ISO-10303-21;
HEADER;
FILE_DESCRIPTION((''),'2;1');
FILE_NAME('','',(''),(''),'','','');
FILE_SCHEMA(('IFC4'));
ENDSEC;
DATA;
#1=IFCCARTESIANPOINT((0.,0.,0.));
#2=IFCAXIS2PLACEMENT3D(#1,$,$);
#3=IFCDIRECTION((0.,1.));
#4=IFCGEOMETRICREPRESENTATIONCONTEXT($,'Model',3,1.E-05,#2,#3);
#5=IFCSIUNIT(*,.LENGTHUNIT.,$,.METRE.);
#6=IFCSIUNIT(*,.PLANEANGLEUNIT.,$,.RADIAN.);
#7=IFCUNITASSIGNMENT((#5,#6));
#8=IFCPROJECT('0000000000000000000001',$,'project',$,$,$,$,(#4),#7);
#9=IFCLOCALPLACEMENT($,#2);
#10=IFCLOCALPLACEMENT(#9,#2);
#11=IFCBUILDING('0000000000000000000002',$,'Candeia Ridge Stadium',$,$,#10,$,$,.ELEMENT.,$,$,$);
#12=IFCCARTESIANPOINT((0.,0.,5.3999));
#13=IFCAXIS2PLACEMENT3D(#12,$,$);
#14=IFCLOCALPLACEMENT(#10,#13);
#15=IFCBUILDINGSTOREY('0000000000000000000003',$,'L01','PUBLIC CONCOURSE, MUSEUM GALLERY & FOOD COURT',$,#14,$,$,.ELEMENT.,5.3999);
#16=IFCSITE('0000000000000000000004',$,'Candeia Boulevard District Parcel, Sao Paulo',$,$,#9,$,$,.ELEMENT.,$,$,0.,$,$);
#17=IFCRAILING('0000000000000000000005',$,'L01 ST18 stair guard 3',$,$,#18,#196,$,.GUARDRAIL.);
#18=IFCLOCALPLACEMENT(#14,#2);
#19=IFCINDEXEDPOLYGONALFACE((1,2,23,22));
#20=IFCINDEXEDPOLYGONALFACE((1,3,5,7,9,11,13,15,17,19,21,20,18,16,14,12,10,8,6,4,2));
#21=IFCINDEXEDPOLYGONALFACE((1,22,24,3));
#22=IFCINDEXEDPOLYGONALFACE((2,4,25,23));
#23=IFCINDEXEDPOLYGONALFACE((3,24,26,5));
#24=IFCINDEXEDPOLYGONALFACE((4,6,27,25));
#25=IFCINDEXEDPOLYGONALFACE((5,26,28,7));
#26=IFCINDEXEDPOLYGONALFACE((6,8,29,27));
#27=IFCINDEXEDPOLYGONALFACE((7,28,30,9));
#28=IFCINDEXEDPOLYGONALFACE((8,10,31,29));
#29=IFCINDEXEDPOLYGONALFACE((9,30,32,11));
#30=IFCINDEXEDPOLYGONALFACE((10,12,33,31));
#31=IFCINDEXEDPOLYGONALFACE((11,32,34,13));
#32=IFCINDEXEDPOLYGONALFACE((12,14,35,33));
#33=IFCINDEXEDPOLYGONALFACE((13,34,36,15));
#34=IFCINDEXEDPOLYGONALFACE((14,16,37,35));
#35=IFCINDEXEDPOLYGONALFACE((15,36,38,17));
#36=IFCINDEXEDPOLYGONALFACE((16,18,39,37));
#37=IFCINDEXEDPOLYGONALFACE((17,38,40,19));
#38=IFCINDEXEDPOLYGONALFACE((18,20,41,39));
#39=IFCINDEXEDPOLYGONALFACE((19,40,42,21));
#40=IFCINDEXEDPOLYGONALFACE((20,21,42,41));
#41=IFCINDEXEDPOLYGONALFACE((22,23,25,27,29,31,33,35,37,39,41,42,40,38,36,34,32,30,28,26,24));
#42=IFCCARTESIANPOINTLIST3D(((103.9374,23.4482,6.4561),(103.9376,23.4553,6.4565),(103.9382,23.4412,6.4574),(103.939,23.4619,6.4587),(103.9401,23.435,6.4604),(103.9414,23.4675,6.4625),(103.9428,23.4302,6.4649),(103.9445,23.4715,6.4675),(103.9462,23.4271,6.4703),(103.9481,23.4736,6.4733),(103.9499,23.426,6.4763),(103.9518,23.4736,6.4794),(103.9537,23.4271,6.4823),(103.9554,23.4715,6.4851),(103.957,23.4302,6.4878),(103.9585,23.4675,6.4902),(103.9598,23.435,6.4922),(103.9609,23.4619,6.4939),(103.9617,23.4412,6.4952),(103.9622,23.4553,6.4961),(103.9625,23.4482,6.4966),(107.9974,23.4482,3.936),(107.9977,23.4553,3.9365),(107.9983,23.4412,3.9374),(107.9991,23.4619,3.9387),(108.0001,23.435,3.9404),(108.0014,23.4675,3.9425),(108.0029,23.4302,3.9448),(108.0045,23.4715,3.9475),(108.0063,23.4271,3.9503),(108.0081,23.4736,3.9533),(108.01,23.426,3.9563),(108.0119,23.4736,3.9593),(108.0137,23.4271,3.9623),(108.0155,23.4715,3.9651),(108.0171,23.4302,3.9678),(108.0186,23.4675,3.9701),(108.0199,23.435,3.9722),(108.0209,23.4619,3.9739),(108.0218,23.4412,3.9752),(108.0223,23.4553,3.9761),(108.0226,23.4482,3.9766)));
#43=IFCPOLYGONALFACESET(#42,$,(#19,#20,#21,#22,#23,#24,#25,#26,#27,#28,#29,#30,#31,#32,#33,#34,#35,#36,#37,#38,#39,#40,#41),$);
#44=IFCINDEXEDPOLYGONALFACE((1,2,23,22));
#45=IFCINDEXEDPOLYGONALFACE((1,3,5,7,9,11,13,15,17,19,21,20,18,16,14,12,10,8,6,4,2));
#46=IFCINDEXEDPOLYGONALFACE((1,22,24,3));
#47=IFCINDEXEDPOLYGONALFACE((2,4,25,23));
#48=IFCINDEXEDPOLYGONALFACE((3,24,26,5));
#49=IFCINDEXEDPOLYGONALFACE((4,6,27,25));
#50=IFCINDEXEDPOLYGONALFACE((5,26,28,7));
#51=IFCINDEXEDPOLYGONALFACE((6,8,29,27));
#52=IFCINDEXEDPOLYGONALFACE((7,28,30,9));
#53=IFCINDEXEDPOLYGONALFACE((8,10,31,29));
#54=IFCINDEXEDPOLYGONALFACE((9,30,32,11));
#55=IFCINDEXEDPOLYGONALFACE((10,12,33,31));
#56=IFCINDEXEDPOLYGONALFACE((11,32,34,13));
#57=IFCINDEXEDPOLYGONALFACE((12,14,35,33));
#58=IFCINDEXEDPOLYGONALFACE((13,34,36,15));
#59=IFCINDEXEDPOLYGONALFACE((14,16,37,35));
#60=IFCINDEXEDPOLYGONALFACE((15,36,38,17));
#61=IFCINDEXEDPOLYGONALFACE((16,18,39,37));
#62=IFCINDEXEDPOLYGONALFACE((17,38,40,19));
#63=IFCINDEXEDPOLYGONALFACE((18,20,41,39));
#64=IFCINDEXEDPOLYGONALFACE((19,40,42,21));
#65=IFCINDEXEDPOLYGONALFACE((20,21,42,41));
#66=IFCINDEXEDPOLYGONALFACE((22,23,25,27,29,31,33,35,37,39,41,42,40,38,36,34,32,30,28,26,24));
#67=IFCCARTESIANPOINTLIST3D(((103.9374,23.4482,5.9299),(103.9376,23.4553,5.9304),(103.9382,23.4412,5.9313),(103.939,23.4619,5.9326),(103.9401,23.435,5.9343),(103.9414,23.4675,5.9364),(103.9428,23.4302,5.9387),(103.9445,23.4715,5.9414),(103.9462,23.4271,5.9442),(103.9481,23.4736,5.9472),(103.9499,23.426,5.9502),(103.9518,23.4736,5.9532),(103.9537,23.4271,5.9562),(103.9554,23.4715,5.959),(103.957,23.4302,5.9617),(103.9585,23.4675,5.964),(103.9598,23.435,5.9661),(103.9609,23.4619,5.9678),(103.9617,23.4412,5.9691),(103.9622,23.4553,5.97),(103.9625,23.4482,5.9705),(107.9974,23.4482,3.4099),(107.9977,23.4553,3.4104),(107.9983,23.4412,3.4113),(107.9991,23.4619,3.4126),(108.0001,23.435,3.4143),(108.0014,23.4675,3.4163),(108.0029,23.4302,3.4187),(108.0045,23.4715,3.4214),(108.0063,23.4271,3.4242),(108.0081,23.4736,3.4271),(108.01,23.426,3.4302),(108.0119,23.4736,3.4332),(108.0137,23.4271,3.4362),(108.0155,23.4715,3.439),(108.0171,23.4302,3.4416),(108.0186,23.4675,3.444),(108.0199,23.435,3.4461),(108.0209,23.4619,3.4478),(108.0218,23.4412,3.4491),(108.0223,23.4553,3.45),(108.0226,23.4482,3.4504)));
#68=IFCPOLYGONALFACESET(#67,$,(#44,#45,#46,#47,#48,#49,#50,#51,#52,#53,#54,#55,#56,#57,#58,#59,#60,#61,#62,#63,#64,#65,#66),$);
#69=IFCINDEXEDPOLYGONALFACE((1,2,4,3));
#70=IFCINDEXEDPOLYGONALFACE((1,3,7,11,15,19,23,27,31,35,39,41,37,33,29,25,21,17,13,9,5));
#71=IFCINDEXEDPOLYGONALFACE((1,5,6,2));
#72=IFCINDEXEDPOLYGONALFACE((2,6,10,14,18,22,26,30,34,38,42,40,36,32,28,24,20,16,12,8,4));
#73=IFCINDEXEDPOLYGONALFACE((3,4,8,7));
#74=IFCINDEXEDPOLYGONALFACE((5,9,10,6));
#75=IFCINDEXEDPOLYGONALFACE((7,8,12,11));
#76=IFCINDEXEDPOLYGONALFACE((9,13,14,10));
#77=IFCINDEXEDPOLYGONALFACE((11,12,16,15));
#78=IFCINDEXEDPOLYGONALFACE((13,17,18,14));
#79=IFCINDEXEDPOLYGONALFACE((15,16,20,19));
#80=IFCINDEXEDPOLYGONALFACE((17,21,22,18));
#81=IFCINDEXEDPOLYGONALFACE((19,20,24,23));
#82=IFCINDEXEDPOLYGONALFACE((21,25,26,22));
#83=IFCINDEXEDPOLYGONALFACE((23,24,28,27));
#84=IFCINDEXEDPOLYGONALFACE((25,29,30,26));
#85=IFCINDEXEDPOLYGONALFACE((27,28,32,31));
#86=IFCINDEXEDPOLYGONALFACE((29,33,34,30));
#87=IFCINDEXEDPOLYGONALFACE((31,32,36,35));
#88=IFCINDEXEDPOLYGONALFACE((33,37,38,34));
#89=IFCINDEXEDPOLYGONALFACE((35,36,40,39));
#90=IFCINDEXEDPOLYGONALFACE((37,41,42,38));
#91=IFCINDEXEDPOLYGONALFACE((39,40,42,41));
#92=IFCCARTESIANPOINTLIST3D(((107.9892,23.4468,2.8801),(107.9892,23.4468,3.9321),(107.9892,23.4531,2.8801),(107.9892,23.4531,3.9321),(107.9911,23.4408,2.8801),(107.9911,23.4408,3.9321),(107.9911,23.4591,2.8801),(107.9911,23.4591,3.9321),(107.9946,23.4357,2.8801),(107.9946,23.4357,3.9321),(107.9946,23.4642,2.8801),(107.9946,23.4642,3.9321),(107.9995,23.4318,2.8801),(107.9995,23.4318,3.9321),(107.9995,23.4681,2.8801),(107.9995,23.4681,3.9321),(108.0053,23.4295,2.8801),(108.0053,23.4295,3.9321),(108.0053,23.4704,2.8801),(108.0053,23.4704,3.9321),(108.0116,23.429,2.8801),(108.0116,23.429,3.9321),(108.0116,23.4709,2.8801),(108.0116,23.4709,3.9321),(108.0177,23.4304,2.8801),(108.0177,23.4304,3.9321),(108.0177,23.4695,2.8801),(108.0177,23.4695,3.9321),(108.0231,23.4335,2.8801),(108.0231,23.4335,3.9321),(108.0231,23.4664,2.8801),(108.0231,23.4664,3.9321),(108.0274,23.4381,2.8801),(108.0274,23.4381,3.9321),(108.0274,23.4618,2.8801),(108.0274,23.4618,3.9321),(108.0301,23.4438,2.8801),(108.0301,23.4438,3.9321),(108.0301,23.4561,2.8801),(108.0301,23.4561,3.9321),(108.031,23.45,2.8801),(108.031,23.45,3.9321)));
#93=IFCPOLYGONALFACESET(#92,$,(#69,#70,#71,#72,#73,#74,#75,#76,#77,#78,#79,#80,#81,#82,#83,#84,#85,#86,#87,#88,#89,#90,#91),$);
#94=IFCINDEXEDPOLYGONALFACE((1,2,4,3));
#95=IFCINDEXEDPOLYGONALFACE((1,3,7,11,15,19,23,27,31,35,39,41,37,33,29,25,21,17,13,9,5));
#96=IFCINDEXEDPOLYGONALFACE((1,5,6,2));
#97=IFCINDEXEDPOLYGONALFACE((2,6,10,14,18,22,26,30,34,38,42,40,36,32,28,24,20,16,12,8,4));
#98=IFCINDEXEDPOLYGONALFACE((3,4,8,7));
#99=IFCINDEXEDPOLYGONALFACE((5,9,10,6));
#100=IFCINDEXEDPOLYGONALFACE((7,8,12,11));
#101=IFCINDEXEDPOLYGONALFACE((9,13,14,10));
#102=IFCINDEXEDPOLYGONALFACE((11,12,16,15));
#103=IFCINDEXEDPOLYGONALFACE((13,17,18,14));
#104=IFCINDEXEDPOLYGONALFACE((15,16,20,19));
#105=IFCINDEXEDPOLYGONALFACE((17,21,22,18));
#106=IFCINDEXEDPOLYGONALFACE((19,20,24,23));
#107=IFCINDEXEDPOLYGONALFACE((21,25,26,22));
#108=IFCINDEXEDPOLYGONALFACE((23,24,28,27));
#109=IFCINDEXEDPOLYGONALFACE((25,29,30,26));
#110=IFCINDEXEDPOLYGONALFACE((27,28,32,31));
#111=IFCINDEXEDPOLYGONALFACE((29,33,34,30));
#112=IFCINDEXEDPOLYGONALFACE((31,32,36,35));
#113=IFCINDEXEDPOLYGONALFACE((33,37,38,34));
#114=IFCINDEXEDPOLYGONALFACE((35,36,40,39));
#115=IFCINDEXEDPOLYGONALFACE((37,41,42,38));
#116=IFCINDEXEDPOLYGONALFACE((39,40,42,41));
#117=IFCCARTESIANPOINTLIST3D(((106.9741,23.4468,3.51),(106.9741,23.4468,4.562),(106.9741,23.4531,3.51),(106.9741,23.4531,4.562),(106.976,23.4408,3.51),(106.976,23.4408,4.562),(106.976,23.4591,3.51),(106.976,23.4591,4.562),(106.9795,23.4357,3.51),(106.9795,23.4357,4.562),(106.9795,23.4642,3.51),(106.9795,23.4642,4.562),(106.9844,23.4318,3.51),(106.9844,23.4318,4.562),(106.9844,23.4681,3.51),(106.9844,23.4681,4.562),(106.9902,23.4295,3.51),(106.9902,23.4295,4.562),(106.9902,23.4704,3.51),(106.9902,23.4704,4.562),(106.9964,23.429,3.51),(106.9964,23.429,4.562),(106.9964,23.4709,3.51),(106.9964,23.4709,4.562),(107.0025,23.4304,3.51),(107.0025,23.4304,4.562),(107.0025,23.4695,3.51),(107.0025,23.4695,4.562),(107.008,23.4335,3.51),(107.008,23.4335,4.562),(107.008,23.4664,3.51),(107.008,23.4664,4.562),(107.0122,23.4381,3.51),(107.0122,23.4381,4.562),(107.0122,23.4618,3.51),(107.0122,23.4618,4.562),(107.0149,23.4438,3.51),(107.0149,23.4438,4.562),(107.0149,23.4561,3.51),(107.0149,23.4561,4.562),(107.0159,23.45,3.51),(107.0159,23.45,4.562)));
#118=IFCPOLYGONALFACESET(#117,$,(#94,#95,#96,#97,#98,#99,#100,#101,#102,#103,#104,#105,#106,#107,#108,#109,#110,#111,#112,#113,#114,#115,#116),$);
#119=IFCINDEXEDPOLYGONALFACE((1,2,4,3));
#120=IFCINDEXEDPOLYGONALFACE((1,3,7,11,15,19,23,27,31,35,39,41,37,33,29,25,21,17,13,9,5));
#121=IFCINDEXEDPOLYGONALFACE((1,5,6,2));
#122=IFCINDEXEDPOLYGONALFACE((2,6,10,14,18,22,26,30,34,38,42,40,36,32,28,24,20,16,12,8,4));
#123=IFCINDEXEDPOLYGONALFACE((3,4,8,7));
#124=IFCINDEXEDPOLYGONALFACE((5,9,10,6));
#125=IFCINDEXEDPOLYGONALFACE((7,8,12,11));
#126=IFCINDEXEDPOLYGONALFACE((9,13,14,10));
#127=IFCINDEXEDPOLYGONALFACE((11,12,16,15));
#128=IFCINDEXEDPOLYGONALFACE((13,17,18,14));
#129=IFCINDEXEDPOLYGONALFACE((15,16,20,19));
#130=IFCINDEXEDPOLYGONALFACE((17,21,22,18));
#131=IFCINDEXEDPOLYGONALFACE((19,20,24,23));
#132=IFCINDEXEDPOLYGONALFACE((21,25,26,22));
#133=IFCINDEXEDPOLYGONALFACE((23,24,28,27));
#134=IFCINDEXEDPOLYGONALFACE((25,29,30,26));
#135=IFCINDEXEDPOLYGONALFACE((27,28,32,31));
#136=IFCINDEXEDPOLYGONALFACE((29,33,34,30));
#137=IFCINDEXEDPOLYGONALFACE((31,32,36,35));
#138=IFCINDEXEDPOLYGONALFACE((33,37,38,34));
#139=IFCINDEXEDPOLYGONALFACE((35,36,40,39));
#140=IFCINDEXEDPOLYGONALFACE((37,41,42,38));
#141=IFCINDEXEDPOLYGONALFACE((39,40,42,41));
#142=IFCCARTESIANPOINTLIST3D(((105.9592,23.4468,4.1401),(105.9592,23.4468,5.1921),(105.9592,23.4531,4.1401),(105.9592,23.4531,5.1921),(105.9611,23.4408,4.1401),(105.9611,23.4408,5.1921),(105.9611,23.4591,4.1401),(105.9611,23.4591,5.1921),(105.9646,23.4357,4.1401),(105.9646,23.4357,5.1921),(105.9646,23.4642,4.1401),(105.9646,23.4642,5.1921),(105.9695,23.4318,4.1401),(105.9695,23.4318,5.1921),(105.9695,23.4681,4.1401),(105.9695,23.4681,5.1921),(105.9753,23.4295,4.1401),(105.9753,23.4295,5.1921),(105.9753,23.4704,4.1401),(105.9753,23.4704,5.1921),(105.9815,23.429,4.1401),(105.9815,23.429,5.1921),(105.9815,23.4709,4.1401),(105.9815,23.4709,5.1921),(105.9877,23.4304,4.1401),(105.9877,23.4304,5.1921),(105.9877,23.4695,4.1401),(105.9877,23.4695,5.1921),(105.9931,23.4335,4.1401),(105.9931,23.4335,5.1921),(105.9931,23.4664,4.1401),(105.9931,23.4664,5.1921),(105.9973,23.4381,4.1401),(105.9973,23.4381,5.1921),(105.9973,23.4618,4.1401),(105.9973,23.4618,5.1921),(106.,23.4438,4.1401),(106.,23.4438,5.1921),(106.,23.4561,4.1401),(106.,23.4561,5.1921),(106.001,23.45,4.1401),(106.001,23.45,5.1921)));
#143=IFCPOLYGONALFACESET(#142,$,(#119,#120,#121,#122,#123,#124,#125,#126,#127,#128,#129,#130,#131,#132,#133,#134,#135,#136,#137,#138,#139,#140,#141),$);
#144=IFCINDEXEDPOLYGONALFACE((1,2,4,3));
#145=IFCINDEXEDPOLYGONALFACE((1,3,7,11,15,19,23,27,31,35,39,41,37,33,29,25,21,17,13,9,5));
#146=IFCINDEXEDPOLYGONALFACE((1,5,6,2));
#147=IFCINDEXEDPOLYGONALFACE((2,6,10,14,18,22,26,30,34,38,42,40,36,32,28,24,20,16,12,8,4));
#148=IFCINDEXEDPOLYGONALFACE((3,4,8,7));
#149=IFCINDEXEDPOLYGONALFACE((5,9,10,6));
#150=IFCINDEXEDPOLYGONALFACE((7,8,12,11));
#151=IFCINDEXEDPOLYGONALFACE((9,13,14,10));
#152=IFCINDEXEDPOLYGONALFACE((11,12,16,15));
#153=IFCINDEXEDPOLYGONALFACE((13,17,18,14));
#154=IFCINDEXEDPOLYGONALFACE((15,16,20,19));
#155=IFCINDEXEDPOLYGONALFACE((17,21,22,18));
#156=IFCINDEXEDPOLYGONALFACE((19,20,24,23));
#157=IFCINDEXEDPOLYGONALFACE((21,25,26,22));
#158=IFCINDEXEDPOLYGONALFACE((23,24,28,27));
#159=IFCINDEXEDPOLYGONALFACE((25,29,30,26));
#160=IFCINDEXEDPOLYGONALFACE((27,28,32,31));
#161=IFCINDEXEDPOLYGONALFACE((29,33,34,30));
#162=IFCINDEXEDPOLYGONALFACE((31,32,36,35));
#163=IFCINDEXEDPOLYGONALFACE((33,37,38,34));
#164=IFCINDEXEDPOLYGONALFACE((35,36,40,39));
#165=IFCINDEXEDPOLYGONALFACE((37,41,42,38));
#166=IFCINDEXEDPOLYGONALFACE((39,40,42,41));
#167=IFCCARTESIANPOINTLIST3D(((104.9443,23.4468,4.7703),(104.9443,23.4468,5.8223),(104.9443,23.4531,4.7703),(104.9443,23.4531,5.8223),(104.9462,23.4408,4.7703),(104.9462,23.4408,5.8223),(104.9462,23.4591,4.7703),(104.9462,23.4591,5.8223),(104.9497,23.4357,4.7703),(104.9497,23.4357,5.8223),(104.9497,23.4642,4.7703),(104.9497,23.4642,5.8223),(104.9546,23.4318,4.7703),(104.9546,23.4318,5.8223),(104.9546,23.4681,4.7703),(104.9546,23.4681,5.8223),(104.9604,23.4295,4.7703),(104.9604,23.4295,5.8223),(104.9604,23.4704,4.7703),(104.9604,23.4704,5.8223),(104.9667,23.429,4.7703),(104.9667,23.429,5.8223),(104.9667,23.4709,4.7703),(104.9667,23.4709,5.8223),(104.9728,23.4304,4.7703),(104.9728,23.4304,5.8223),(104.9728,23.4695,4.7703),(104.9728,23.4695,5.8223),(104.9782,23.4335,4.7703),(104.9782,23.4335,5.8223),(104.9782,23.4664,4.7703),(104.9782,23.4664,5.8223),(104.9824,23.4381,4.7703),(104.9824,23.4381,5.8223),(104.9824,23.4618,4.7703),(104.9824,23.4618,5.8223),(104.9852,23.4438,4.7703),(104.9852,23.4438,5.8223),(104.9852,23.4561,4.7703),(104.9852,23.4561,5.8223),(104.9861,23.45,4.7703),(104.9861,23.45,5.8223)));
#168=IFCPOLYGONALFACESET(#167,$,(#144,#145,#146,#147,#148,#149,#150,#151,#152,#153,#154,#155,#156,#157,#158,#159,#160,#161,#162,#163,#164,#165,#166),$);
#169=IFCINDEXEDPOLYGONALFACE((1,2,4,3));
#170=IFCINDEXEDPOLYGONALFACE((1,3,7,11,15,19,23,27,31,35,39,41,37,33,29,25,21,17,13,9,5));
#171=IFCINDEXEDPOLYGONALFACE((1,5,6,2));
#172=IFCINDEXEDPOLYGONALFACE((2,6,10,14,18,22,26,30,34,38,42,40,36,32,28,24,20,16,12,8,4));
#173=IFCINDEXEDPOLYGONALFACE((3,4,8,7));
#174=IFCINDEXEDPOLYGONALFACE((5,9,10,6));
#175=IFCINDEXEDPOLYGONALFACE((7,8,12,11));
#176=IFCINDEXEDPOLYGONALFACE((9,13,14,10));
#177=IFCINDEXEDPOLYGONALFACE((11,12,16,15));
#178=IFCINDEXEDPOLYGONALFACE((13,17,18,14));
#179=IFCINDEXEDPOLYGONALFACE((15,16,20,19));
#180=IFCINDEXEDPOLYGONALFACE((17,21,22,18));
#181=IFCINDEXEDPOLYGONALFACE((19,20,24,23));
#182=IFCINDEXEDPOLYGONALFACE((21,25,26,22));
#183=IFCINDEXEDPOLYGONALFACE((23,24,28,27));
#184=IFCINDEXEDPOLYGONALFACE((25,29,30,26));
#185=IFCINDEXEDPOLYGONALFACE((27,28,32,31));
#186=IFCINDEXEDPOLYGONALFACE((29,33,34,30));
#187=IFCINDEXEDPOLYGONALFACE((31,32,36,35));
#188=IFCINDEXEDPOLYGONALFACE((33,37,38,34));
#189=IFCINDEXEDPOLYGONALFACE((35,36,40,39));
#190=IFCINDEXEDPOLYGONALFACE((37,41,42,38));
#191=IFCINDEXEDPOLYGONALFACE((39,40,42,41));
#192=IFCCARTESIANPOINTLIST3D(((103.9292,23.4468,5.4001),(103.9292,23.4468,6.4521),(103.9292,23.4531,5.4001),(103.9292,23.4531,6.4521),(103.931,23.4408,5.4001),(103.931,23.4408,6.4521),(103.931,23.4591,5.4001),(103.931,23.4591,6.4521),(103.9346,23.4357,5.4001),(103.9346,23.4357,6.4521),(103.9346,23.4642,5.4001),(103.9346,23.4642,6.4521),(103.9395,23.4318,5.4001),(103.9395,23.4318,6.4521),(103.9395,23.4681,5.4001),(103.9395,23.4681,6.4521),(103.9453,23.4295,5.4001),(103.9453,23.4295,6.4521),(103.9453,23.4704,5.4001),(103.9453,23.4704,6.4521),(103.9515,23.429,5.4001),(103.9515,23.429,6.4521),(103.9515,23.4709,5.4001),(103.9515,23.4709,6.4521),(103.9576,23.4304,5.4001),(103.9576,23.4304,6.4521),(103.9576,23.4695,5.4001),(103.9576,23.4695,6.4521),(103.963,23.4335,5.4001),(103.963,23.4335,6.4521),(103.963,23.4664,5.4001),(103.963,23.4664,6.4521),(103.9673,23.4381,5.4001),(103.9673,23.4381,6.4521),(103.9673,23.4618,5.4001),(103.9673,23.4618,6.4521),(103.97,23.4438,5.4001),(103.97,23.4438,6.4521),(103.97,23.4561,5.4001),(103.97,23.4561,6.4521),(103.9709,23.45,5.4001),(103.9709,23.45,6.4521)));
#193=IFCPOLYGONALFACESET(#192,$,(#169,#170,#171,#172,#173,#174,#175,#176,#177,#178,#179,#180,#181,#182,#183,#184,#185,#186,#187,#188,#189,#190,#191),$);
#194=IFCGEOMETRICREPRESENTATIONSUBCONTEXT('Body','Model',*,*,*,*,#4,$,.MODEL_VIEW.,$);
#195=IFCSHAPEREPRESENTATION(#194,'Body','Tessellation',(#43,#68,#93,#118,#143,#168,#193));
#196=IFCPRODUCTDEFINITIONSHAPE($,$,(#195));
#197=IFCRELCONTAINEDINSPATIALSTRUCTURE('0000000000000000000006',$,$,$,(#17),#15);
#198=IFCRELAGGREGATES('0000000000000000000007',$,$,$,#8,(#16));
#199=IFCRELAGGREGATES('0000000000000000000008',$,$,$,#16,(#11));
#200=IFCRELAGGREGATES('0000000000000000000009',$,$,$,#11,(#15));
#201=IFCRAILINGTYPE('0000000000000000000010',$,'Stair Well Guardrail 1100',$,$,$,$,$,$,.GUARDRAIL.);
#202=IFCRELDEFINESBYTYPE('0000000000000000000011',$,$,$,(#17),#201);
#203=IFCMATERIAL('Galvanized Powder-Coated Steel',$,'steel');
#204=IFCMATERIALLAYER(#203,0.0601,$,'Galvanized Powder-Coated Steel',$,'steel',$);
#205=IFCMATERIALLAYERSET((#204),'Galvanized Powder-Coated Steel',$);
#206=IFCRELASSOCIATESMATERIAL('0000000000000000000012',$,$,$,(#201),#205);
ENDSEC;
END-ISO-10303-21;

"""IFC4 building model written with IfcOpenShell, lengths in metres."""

from ifc_helpers import new_model, si_unit, direction, frame, origin, origin_2d, place, context, subcontext, project, spatial, circle, extrude, material, layer, layer_set, type_object, element, save


model = new_model("IFC4")

# Units and contexts
model_context = context("Model", 3, precision=1e-05, world=origin(), true_north=direction((0.0, 1.0)))
body_context = subcontext(model_context, "Body", "Model", "MODEL_VIEW")
ifc_project = project(units=[si_unit("LENGTHUNIT", "METRE"), si_unit("PLANEANGLEUNIT", "RADIAN")], contexts=[model_context])

# Site, building, storey
site_placement = place(None, origin())
site = spatial("IfcSite", under=ifc_project, at=site_placement, Name="Candeia Boulevard District Parcel, Sao Paulo", CompositionType="ELEMENT", RefElevation=0.0)
building_placement = place(site_placement, origin())
building = spatial("IfcBuilding", under=site, at=building_placement, Name="Candeia Ridge Stadium", CompositionType="ELEMENT")
storey_placement = place(building_placement, frame((0.0, 0.0, 5.3999)))
storey = spatial("IfcBuildingStorey", under=building, at=storey_placement, Name="L01", Description="PUBLIC CONCOURSE, MUSEUM GALLERY & FOOD COURT", CompositionType="ELEMENT", Elevation=5.3999)

# Railing
ifc_material_1 = material(Name="Galvanized Powder-Coated Steel", Category="steel")
ifc_layer_1 = layer(ifc_material_1, 0.0601, Name="Galvanized Powder-Coated Steel", Category="steel")
ifc_layer_set_1 = layer_set([ifc_layer_1], Name="Galvanized Powder-Coated Steel")
railing_type_1 = type_object("IfcRailingType", Name="Stair Well Guardrail 1100", PredefinedType="GUARDRAIL", material=ifc_layer_set_1)
railing_1_placement = place(storey_placement, frame((108.01, 23.45, 2.8801)))
element("IfcRailing", 1, at=railing_1_placement, inside=storey, type_object=railing_type_1, Name="L01 ST18 stair guard 3", PredefinedType="GUARDRAIL", context=body_context, shape_type="SweptSolid", body=[
    extrude(circle(Radius=0.0239, at=origin_2d()), frame((0.0, 0.0, 1.0762), z_axis=(-0.849642, 0.0, 0.52736), x_axis=(0.0, -1.0, 0.0)), (0.0, 0.0, 1.0), 4.7786),
    extrude(circle(Radius=0.0239, at=origin_2d()), frame((0.0, 0.0, 0.55), z_axis=(-0.849642, 0.0, 0.52736), x_axis=(0.0, -1.0, 0.0)), (0.0, 0.0, 1.0), 4.7786),
    extrude(circle(Radius=0.021, at=origin_2d()), origin(), (0.0, 0.0, 1.0), 1.052),
    extrude(circle(Radius=0.021, at=origin_2d()), frame((-1.0151, 0.0, 0.6299)), (0.0, 0.0, 1.0), 1.052),
    extrude(circle(Radius=0.021, at=origin_2d()), frame((-2.03, 0.0, 1.26)), (0.0, 0.0, 1.0), 1.052),
    extrude(circle(Radius=0.021, at=origin_2d()), frame((-3.0449, 0.0, 1.8901)), (0.0, 0.0, 1.0), 1.052),
    extrude(circle(Radius=0.021, at=origin_2d()), frame((-4.0601, 0.0, 2.52)), (0.0, 0.0, 1.0), 1.052),
])

save(model, "model.ifc")
